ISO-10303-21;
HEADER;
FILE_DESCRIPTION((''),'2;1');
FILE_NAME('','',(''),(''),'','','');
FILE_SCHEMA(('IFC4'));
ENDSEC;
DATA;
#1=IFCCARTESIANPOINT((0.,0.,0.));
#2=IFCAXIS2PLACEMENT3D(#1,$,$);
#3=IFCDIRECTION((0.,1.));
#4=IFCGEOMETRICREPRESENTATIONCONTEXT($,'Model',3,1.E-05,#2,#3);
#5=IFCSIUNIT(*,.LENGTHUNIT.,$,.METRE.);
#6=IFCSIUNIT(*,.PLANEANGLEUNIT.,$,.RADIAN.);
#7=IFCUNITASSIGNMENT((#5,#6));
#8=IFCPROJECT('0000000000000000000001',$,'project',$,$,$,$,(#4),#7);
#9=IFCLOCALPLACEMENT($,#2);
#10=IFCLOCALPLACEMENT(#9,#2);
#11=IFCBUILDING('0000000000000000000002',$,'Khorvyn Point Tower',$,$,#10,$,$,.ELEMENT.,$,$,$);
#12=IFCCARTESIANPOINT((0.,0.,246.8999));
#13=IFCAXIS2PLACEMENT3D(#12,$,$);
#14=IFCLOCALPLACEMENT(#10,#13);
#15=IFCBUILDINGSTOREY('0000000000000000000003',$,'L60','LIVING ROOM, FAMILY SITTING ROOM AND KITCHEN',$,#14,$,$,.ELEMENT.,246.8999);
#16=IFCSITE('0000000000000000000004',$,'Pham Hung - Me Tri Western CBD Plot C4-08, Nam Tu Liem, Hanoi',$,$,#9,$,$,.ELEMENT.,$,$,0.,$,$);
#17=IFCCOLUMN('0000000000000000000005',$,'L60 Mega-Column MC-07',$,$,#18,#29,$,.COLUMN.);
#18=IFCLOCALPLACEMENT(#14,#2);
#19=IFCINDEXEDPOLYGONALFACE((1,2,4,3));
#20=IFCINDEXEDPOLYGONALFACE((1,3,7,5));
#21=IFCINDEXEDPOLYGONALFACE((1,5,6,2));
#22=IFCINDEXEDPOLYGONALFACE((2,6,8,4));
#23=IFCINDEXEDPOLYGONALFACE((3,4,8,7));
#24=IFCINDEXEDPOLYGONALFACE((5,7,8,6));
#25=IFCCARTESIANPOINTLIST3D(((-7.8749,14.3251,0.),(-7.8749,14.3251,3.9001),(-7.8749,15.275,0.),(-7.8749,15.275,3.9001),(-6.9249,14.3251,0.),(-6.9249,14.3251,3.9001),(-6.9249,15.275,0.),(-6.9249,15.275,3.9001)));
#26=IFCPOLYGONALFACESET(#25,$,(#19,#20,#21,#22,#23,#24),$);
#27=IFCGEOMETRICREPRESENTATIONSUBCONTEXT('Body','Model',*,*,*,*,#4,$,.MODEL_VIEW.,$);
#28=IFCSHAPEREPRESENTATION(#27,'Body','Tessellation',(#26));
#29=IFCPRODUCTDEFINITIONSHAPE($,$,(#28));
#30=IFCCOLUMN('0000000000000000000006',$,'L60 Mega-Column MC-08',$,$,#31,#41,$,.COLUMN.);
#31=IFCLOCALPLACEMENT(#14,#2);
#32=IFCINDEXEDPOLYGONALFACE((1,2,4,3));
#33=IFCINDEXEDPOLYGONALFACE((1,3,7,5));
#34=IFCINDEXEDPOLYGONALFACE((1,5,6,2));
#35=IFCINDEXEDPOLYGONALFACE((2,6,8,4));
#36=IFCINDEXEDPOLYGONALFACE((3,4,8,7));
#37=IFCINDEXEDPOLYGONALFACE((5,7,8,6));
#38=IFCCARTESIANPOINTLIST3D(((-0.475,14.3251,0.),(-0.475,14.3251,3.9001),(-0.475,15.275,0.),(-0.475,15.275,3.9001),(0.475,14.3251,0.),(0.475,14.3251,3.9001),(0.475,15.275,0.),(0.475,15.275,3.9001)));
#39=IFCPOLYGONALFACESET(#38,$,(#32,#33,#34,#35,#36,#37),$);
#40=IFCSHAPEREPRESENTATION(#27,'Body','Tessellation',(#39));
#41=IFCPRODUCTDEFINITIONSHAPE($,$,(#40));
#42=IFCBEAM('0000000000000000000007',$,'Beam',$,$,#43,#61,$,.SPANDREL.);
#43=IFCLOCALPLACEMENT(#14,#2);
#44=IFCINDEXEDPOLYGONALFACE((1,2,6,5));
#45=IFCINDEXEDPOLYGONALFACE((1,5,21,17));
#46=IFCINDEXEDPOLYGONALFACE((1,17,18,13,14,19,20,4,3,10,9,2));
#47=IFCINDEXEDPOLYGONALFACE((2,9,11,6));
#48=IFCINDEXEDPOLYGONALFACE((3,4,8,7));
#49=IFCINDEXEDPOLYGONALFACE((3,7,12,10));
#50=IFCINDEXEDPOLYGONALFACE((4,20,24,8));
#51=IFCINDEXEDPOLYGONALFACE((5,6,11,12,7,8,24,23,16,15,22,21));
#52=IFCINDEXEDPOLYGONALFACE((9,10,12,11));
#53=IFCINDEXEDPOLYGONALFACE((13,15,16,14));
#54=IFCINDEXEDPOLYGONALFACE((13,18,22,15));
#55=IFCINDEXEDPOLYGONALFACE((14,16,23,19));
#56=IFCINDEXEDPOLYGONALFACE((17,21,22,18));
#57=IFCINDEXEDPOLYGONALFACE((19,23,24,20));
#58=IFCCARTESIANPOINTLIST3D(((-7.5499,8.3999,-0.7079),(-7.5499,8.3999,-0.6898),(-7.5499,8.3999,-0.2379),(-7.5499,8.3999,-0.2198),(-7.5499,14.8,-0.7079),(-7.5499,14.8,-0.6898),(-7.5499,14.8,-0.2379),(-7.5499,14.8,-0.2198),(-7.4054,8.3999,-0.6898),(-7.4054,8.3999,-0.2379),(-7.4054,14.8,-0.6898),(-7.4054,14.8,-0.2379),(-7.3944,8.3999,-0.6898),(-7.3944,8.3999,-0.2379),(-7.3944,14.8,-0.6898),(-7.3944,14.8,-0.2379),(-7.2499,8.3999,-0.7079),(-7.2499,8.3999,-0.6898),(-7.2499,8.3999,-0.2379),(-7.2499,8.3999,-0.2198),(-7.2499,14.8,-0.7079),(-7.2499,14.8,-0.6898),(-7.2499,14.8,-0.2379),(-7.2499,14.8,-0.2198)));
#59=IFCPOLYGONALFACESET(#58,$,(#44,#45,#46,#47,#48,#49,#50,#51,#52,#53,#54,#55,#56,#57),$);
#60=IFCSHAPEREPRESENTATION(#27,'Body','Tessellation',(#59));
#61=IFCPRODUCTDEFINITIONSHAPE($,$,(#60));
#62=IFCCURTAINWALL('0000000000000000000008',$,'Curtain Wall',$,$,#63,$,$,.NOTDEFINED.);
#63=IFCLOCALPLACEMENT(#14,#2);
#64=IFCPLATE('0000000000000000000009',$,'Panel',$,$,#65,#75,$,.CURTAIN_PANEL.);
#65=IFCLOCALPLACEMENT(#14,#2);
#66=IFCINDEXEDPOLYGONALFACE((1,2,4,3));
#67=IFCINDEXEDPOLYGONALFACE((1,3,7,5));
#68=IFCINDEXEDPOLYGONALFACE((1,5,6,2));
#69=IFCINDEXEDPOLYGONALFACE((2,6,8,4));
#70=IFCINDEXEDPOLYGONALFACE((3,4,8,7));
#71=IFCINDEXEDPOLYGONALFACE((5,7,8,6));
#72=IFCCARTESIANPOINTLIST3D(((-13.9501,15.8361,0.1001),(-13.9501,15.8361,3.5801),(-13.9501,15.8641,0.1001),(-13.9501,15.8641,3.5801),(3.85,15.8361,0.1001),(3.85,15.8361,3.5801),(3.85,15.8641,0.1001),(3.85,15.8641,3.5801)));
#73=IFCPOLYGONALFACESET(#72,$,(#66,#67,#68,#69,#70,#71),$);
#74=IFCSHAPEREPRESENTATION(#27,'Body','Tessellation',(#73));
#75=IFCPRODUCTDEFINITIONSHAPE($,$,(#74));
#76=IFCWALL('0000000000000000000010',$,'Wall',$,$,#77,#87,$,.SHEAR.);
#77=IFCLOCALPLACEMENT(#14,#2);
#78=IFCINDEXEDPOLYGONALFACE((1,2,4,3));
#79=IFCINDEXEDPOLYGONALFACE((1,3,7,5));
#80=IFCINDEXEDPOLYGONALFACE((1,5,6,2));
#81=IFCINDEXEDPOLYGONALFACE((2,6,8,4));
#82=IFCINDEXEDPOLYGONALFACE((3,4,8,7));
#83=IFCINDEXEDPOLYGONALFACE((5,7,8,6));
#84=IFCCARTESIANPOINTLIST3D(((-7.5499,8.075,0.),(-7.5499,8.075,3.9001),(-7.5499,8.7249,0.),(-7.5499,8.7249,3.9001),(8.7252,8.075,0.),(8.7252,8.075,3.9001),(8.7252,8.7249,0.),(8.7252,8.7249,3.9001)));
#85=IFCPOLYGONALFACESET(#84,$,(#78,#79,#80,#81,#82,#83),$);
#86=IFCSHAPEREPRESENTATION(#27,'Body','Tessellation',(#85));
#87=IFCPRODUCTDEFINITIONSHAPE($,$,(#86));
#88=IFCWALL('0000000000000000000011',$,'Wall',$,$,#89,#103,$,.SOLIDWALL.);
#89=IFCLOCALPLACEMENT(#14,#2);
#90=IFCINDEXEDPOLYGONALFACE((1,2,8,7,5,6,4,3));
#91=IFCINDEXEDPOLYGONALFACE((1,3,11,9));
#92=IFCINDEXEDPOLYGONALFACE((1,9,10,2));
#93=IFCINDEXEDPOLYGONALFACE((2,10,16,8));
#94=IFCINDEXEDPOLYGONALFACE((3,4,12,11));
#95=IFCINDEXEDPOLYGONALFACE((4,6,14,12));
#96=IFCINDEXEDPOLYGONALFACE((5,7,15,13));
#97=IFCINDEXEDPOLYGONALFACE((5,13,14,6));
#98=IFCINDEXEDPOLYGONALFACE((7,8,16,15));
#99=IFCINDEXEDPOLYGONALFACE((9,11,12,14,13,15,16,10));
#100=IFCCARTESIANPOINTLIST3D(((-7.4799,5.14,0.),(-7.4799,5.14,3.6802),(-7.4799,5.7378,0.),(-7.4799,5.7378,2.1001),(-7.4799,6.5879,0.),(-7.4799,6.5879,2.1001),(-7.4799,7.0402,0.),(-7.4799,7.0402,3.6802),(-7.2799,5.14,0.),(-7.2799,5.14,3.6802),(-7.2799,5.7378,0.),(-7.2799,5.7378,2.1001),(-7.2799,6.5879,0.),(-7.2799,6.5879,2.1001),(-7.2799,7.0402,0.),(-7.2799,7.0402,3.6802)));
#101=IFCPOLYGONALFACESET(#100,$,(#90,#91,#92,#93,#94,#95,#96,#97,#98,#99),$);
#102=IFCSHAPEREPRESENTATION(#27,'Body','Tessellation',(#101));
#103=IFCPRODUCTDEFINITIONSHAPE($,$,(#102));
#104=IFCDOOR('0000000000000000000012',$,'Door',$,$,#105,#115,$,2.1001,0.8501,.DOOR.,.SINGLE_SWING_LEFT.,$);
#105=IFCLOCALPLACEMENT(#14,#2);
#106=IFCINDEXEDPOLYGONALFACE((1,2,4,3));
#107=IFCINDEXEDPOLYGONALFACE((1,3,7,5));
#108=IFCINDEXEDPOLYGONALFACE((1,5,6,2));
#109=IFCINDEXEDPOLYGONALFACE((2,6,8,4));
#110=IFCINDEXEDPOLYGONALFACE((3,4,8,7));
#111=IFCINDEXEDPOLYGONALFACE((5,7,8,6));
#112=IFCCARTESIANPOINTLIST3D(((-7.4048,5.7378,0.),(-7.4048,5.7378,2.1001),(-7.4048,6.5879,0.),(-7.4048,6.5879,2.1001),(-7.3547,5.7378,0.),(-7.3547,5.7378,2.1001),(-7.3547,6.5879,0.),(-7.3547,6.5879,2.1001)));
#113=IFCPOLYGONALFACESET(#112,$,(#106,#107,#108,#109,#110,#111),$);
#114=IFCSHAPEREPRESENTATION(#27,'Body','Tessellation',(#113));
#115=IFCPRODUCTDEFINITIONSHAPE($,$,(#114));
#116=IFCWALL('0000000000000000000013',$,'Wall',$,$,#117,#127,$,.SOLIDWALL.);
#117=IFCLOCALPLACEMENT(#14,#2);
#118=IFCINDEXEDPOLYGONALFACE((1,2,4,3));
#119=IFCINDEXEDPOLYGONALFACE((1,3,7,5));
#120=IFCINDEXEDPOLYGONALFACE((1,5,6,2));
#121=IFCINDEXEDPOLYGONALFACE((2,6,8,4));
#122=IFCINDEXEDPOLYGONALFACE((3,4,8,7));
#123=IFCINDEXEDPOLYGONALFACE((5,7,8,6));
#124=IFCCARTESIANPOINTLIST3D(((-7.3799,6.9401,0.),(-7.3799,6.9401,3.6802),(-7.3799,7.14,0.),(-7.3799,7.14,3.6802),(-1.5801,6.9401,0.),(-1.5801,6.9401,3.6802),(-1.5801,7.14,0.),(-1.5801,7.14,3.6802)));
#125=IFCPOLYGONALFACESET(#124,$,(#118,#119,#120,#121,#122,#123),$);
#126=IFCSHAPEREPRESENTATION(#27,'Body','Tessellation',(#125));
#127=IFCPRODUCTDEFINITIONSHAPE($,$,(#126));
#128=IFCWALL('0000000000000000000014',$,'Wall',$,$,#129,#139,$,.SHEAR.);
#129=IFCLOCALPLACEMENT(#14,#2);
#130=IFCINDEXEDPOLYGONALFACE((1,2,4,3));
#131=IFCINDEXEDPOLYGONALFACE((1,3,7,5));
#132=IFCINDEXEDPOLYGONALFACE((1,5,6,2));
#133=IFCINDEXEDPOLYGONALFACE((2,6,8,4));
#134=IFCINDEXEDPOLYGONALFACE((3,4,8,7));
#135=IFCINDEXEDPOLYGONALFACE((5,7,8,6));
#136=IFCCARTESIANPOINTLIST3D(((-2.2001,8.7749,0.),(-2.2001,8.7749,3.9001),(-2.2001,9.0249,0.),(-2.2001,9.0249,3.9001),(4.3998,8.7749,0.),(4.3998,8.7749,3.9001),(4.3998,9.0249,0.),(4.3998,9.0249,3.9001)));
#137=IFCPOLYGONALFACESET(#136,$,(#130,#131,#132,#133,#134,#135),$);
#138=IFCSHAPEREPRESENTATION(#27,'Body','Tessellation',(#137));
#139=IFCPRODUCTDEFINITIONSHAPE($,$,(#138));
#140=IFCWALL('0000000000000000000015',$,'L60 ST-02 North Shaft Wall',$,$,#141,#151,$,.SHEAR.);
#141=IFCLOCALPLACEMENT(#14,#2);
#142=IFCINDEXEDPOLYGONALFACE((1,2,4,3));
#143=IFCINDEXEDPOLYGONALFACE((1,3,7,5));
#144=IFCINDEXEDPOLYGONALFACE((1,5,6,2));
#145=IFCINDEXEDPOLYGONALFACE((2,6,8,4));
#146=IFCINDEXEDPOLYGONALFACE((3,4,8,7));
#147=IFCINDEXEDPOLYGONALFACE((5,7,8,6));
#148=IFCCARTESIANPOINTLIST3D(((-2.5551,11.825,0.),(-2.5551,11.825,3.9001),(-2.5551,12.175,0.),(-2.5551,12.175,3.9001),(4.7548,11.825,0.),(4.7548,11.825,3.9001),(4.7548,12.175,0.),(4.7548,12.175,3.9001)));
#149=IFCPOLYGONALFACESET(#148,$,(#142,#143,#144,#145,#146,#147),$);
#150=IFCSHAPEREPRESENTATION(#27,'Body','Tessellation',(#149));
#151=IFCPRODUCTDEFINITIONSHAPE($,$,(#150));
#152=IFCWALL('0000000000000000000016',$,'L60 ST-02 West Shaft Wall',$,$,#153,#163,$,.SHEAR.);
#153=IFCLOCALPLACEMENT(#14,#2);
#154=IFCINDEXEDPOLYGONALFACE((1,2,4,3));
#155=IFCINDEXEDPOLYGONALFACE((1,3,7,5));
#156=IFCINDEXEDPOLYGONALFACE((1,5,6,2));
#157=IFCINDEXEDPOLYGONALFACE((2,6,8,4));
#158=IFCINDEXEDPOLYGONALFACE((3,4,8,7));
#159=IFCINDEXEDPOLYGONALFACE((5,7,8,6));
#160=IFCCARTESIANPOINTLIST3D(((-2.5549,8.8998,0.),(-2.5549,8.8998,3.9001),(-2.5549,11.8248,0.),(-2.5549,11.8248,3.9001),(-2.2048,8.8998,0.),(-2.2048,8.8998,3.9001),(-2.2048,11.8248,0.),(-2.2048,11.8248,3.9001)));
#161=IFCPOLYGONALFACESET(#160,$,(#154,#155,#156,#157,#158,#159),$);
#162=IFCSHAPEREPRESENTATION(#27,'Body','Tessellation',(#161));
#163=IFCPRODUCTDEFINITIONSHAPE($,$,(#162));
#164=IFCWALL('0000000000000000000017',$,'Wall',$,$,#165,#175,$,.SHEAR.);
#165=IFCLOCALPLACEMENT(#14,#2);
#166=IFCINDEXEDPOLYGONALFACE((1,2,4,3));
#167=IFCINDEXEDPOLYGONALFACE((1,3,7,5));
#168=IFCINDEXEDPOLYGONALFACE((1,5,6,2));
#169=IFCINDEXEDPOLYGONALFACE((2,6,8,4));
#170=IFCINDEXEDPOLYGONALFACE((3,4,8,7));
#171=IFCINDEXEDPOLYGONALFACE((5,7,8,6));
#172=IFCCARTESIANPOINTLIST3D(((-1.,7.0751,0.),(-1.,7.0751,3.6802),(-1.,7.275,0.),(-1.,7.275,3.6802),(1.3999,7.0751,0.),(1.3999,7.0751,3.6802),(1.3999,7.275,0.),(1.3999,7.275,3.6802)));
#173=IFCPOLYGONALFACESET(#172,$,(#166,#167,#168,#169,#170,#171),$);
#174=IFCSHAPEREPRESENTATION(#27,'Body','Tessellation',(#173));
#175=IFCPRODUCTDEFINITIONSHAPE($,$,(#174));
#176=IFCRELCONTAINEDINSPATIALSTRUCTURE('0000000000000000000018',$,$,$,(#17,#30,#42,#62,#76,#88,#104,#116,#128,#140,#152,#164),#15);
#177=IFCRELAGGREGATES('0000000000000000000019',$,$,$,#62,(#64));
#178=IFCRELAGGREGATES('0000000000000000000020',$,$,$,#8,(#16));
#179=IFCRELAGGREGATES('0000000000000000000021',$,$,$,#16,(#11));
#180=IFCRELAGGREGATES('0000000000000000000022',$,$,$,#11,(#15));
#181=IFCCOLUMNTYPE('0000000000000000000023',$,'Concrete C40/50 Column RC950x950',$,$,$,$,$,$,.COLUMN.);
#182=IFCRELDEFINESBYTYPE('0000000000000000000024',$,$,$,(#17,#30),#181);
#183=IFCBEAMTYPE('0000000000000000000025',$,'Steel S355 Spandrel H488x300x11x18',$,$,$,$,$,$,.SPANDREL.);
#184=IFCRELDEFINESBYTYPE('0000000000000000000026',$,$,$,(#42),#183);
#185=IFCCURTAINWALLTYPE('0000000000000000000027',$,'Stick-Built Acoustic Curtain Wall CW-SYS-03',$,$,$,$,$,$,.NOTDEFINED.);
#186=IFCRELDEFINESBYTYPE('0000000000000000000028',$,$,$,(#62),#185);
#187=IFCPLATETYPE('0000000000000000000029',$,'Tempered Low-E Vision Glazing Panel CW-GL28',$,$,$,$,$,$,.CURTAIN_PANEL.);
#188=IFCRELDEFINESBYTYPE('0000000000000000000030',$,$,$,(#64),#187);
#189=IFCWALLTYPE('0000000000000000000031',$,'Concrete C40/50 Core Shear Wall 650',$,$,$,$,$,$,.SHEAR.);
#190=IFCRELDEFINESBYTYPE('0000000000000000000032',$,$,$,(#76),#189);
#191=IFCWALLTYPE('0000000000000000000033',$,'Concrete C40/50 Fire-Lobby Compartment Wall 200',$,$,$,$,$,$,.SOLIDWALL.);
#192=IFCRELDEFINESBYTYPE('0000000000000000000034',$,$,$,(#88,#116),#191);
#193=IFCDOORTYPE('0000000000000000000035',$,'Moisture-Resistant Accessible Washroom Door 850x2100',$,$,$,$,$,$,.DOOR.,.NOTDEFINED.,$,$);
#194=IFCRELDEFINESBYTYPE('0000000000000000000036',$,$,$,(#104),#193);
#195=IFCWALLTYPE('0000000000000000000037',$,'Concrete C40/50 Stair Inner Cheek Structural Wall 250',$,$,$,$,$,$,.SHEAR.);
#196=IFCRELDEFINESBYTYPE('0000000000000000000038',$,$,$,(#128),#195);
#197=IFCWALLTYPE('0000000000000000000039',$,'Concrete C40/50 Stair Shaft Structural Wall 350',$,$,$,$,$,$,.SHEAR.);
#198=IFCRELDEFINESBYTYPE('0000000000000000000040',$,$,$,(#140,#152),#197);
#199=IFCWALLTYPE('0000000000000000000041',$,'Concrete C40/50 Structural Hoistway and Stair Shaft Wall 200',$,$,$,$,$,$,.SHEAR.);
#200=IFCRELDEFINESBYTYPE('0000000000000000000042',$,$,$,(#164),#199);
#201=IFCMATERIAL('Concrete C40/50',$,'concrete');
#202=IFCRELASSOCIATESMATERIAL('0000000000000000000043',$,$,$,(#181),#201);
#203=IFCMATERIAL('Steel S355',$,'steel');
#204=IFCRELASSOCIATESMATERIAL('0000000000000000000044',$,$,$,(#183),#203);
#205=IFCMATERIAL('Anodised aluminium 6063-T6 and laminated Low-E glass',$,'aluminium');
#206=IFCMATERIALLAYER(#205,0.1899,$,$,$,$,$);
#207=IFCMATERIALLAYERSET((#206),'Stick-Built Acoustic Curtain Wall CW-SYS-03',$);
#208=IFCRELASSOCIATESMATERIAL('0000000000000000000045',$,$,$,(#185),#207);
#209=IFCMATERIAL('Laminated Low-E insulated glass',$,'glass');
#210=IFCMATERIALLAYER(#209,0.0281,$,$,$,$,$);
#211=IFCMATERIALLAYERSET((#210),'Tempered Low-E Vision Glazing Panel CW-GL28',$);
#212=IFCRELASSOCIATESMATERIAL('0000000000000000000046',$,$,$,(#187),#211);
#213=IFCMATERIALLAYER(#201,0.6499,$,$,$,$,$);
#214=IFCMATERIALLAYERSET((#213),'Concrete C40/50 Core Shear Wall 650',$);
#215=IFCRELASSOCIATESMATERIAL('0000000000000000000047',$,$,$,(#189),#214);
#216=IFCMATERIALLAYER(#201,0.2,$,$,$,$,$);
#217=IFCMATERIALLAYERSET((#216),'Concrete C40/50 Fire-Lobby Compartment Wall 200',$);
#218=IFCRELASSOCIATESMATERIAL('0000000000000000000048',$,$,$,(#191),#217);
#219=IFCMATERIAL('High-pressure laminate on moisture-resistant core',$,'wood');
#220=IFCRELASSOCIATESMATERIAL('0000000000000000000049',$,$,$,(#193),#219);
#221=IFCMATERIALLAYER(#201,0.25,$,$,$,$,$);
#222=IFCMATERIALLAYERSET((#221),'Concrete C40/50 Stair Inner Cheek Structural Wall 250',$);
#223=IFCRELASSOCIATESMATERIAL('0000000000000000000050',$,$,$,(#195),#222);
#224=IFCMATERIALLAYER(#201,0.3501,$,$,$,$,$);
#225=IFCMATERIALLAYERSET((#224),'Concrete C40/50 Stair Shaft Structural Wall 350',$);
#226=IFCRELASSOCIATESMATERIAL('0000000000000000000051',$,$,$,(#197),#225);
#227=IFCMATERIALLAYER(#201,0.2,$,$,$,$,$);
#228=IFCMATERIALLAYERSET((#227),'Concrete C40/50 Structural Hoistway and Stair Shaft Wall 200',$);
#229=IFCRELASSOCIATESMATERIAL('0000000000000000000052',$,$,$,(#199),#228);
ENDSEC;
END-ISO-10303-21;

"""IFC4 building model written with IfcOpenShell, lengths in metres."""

from ifc_helpers import new_model, si_unit, direction, frame, frame_2d, origin, origin_2d, place, context, subcontext, project, spatial, rectangle, i_section, extrude, material, layer, layer_set, material_profile, profile_set, type_object, element, fill, aggregate, save


model = new_model("IFC4")

# Units and contexts
model_context = context("Model", 3, precision=1e-05, world=origin(), true_north=direction((0.0, 1.0)))
body_context = subcontext(model_context, "Body", "Model", "MODEL_VIEW")
ifc_project = project(units=[si_unit("LENGTHUNIT", "METRE"), si_unit("PLANEANGLEUNIT", "RADIAN")], contexts=[model_context])

# Site, building, storey
site_placement = place(None, origin())
site = spatial("IfcSite", under=ifc_project, at=site_placement, Name="Pham Hung - Me Tri Western CBD Plot C4-08, Nam Tu Liem, Hanoi", CompositionType="ELEMENT", RefElevation=0.0)
building_placement = place(site_placement, origin())
building = spatial("IfcBuilding", under=site, at=building_placement, Name="Khorvyn Point Tower", CompositionType="ELEMENT")
storey_placement = place(building_placement, frame((0.0, 0.0, 246.8999)))
storey = spatial("IfcBuildingStorey", under=building, at=storey_placement, Name="L60", Description="LIVING ROOM, FAMILY SITTING ROOM AND KITCHEN", CompositionType="ELEMENT", Elevation=246.8999)

# Columns
ifc_material_1 = material(Name="Concrete C40/50", Category="concrete")
ifc_material_profile_1 = material_profile(ifc_material_1, rectangle(XDim=0.95, YDim=0.95, at=origin_2d()))
ifc_profile_set_1 = profile_set([ifc_material_profile_1], Name="Concrete C40/50 RC950x950")
column_type = type_object("IfcColumnType", Name="Concrete C40/50 Column RC950x950", PredefinedType="COLUMN", material=ifc_profile_set_1)
for number, where, z_axis, x_axis, name in (
    (1, (-7.3999, 14.8, 0.0), (0.0, 0.0, 1.0), (1.0, 0.0, 0.0), "L60 Mega-Column MC-07"),
    (2, (0.0, 14.8, 0.0), (0.0, 0.0, 1.0), (1.0, 0.0, 0.0), "L60 Mega-Column MC-08"),
):
    element("IfcColumn", number, at=place(storey_placement, frame(where, z_axis=z_axis, x_axis=x_axis)), inside=storey, type_object=column_type, Name=name, PredefinedType="COLUMN", context=body_context, shape_type="SweptSolid", body=[
        extrude(rectangle(XDim=0.95, YDim=0.95, at=origin_2d()), origin(), (0.0, 0.0, 1.0), 3.9001),
    ])

# Beam
ifc_material_2 = material(Name="Steel S355", Category="steel")
ifc_material_profile_2 = material_profile(ifc_material_2, i_section(OverallWidth=0.3, OverallDepth=0.488, WebThickness=0.011, FlangeThickness=0.0181, at=origin_2d()))
ifc_profile_set_2 = profile_set([ifc_material_profile_2], Name="Steel S355 H488x300x11x18")
beam_type = type_object("IfcBeamType", Name="Steel S355 Spandrel H488x300x11x18", PredefinedType="SPANDREL", material=ifc_profile_set_2)
beam_placement = place(storey_placement, frame((-7.3999, 8.3999, -0.4639), z_axis=(0.0, 1.0, 0.0), x_axis=(-1.0, 0.0, 0.0)))
element("IfcBeam", 3, at=beam_placement, inside=storey, type_object=beam_type, Name="Beam", PredefinedType="SPANDREL", context=body_context, shape_type="SweptSolid", body=[
    extrude(i_section(OverallWidth=0.3, OverallDepth=0.488, WebThickness=0.011, FlangeThickness=0.0181, at=origin_2d()), origin(), (0.0, 0.0, 1.0), 6.4001),
])

# Curtain wall, plate
ifc_material_3 = material(Name="Anodised aluminium 6063-T6 and laminated Low-E glass", Category="aluminium")
ifc_layer_1 = layer(ifc_material_3, 0.1899)
ifc_layer_set_1 = layer_set([ifc_layer_1], Name="Stick-Built Acoustic Curtain Wall CW-SYS-03")
curtain_wall_type = type_object("IfcCurtainWallType", Name="Stick-Built Acoustic Curtain Wall CW-SYS-03", PredefinedType="NOTDEFINED", material=ifc_layer_set_1)
curtain_wall_placement = place(storey_placement, origin())
curtain_wall = element("IfcCurtainWall", 4, at=curtain_wall_placement, inside=storey, type_object=curtain_wall_type, Name="Curtain Wall", PredefinedType="NOTDEFINED")
ifc_material_4 = material(Name="Laminated Low-E insulated glass", Category="glass")
ifc_layer_2 = layer(ifc_material_4, 0.0281)
ifc_layer_set_2 = layer_set([ifc_layer_2], Name="Tempered Low-E Vision Glazing Panel CW-GL28")
plate_type = type_object("IfcPlateType", Name="Tempered Low-E Vision Glazing Panel CW-GL28", PredefinedType="CURTAIN_PANEL", material=ifc_layer_set_2)
plate_placement = place(storey_placement, frame((-5.05, 15.8501, 0.1001), z_axis=(0.0, 0.0, 1.0), x_axis=(1.0, 0.0, 0.0)))
plate = element("IfcPlate", 5, at=plate_placement, type_object=plate_type, Name="Panel", PredefinedType="CURTAIN_PANEL", context=body_context, shape_type="SweptSolid", body=[
    extrude(rectangle(XDim=17.8, YDim=0.0281, at=origin_2d()), origin(), (0.0, 0.0, 1.0), 3.48),
])
aggregate(curtain_wall, [plate])

# Wall
ifc_layer_3 = layer(ifc_material_1, 0.6499)
ifc_layer_set_3 = layer_set([ifc_layer_3], Name="Concrete C40/50 Core Shear Wall 650")
wall_type_1 = type_object("IfcWallType", Name="Concrete C40/50 Core Shear Wall 650", PredefinedType="SHEAR", material=ifc_layer_set_3)
wall_1_placement = place(storey_placement, frame((-7.55, 8.3999, 0.0), z_axis=(0.0, 0.0, 1.0), x_axis=(1.0, 0.0, 0.0)))
element("IfcWall", 6, at=wall_1_placement, inside=storey, type_object=wall_type_1, Name="Wall", PredefinedType="SHEAR", context=body_context, shape_type="SweptSolid", body=[
    extrude(rectangle(XDim=16.2751, YDim=0.6499, at=frame_2d((8.1377, 0.0))), origin(), (0.0, 0.0, 1.0), 3.9001),
])

# Wall, opening, door
ifc_layer_4 = layer(ifc_material_1, 0.2)
ifc_layer_set_4 = layer_set([ifc_layer_4], Name="Concrete C40/50 Fire-Lobby Compartment Wall 200")
wall_type_2 = type_object("IfcWallType", Name="Concrete C40/50 Fire-Lobby Compartment Wall 200", PredefinedType="SOLIDWALL", material=ifc_layer_set_4)
wall_2_placement = place(storey_placement, frame((-7.3799, 5.1399, 0.0), z_axis=(0.0, 0.0, 1.0), x_axis=(0.0, 1.0, 0.0)))
wall_2 = element("IfcWall", 7, at=wall_2_placement, inside=storey, type_object=wall_type_2, Name="Wall", PredefinedType="SOLIDWALL", context=body_context, shape_type="SweptSolid", body=[
    extrude(rectangle(XDim=1.9001, YDim=0.2, at=frame_2d((0.9502, 0.0))), origin(), (0.0, 0.0, 1.0), 3.6802),
])
opening_1_placement = place(wall_2_placement, frame((0.5979, 0.0, 0.0)))
opening_1 = element("IfcOpeningElement", 8, at=opening_1_placement, cuts=wall_2, PredefinedType="OPENING", context=body_context, shape_type="SweptSolid", body=[
    extrude(rectangle(XDim=0.8501, YDim=2.1001, at=frame_2d((0.425, 1.05))), frame((0.0, 0.1099, 0.0), z_axis=(0.0, -1.0, 0.0), x_axis=(1.0, 0.0, 0.0)), (0.0, 0.0, 1.0), 0.22),
])
ifc_material_5 = material(Name="High-pressure laminate on moisture-resistant core", Category="wood")
door_type_1 = type_object("IfcDoorType", Name="Moisture-Resistant Accessible Washroom Door 850x2100", OperationType="NOTDEFINED", PredefinedType="DOOR", material=ifc_material_5)
door_1_placement = place(opening_1_placement, origin())
door_1 = element("IfcDoor", 9, at=door_1_placement, inside=storey, type_object=door_type_1, Name="Door", OperationType="SINGLE_SWING_LEFT", OverallHeight=2.1001, OverallWidth=0.8501, PredefinedType="DOOR", context=body_context, shape_type="SweptSolid", body=[
    extrude(rectangle(XDim=0.8501, YDim=2.1001, at=frame_2d((0.425, 1.05))), frame((0.0, 0.0249, 0.0), z_axis=(0.0, -1.0, 0.0), x_axis=(1.0, 0.0, 0.0)), (0.0, 0.0, 1.0), 0.05),
])
fill(opening_1, door_1)

# Walls
wall_3_placement = place(storey_placement, frame((-7.3799, 7.04, 0.0), z_axis=(0.0, 0.0, 1.0), x_axis=(1.0, 0.0, 0.0)))
element("IfcWall", 10, at=wall_3_placement, inside=storey, type_object=wall_type_2, Name="Wall", PredefinedType="SOLIDWALL", context=body_context, shape_type="SweptSolid", body=[
    extrude(rectangle(XDim=5.7998, YDim=0.2, at=frame_2d((2.8999, 0.0))), origin(), (0.0, 0.0, 1.0), 3.6802),
])
ifc_layer_5 = layer(ifc_material_1, 0.25)
ifc_layer_set_5 = layer_set([ifc_layer_5], Name="Concrete C40/50 Stair Inner Cheek Structural Wall 250")
wall_type_3 = type_object("IfcWallType", Name="Concrete C40/50 Stair Inner Cheek Structural Wall 250", PredefinedType="SHEAR", material=ifc_layer_set_5)
wall_4_placement = place(storey_placement, frame((-2.2, 8.8999, 0.0), z_axis=(0.0, 0.0, 1.0), x_axis=(1.0, 0.0, 0.0)))
element("IfcWall", 11, at=wall_4_placement, inside=storey, type_object=wall_type_3, Name="Wall", PredefinedType="SHEAR", context=body_context, shape_type="SweptSolid", body=[
    extrude(rectangle(XDim=6.5999, YDim=0.25, at=frame_2d((3.2998, 0.0))), origin(), (0.0, 0.0, 1.0), 3.9001),
])
ifc_layer_6 = layer(ifc_material_1, 0.3501)
ifc_layer_set_6 = layer_set([ifc_layer_6], Name="Concrete C40/50 Stair Shaft Structural Wall 350")
wall_type_4 = type_object("IfcWallType", Name="Concrete C40/50 Stair Shaft Structural Wall 350", PredefinedType="SHEAR", material=ifc_layer_set_6)
wall_5_placement = place(storey_placement, frame((-2.5549, 12.0, 0.0), z_axis=(0.0, 0.0, 1.0), x_axis=(1.0, 0.0, 0.0)))
element("IfcWall", 12, at=wall_5_placement, inside=storey, type_object=wall_type_4, Name="L60 ST-02 North Shaft Wall", PredefinedType="SHEAR", context=body_context, shape_type="SweptSolid", body=[
    extrude(rectangle(XDim=7.3098, YDim=0.3501, at=frame_2d((3.6548, 0.0))), origin(), (0.0, 0.0, 1.0), 3.9001),
])
wall_6_placement = place(storey_placement, frame((-2.3799, 8.8999, 0.0), z_axis=(0.0, 0.0, 1.0), x_axis=(0.0, 1.0, 0.0)))
element("IfcWall", 13, at=wall_6_placement, inside=storey, type_object=wall_type_4, Name="L60 ST-02 West Shaft Wall", PredefinedType="SHEAR", context=body_context, shape_type="SweptSolid", body=[
    extrude(rectangle(XDim=2.925, YDim=0.3501, at=frame_2d((1.4624, 0.0))), origin(), (0.0, 0.0, 1.0), 3.9001),
])
ifc_layer_7 = layer(ifc_material_1, 0.2)
ifc_layer_set_7 = layer_set([ifc_layer_7], Name="Concrete C40/50 Structural Hoistway and Stair Shaft Wall 200")
wall_type_5 = type_object("IfcWallType", Name="Concrete C40/50 Structural Hoistway and Stair Shaft Wall 200", PredefinedType="SHEAR", material=ifc_layer_set_7)
wall_7_placement = place(storey_placement, frame((-1.0, 7.175, 0.0), z_axis=(0.0, 0.0, 1.0), x_axis=(1.0, 0.0, 0.0)))
element("IfcWall", 14, at=wall_7_placement, inside=storey, type_object=wall_type_5, Name="Wall", PredefinedType="SHEAR", context=body_context, shape_type="SweptSolid", body=[
    extrude(rectangle(XDim=2.3999, YDim=0.2, at=frame_2d((1.2, 0.0))), origin(), (0.0, 0.0, 1.0), 3.6802),
])

save(model, "model.ifc")
